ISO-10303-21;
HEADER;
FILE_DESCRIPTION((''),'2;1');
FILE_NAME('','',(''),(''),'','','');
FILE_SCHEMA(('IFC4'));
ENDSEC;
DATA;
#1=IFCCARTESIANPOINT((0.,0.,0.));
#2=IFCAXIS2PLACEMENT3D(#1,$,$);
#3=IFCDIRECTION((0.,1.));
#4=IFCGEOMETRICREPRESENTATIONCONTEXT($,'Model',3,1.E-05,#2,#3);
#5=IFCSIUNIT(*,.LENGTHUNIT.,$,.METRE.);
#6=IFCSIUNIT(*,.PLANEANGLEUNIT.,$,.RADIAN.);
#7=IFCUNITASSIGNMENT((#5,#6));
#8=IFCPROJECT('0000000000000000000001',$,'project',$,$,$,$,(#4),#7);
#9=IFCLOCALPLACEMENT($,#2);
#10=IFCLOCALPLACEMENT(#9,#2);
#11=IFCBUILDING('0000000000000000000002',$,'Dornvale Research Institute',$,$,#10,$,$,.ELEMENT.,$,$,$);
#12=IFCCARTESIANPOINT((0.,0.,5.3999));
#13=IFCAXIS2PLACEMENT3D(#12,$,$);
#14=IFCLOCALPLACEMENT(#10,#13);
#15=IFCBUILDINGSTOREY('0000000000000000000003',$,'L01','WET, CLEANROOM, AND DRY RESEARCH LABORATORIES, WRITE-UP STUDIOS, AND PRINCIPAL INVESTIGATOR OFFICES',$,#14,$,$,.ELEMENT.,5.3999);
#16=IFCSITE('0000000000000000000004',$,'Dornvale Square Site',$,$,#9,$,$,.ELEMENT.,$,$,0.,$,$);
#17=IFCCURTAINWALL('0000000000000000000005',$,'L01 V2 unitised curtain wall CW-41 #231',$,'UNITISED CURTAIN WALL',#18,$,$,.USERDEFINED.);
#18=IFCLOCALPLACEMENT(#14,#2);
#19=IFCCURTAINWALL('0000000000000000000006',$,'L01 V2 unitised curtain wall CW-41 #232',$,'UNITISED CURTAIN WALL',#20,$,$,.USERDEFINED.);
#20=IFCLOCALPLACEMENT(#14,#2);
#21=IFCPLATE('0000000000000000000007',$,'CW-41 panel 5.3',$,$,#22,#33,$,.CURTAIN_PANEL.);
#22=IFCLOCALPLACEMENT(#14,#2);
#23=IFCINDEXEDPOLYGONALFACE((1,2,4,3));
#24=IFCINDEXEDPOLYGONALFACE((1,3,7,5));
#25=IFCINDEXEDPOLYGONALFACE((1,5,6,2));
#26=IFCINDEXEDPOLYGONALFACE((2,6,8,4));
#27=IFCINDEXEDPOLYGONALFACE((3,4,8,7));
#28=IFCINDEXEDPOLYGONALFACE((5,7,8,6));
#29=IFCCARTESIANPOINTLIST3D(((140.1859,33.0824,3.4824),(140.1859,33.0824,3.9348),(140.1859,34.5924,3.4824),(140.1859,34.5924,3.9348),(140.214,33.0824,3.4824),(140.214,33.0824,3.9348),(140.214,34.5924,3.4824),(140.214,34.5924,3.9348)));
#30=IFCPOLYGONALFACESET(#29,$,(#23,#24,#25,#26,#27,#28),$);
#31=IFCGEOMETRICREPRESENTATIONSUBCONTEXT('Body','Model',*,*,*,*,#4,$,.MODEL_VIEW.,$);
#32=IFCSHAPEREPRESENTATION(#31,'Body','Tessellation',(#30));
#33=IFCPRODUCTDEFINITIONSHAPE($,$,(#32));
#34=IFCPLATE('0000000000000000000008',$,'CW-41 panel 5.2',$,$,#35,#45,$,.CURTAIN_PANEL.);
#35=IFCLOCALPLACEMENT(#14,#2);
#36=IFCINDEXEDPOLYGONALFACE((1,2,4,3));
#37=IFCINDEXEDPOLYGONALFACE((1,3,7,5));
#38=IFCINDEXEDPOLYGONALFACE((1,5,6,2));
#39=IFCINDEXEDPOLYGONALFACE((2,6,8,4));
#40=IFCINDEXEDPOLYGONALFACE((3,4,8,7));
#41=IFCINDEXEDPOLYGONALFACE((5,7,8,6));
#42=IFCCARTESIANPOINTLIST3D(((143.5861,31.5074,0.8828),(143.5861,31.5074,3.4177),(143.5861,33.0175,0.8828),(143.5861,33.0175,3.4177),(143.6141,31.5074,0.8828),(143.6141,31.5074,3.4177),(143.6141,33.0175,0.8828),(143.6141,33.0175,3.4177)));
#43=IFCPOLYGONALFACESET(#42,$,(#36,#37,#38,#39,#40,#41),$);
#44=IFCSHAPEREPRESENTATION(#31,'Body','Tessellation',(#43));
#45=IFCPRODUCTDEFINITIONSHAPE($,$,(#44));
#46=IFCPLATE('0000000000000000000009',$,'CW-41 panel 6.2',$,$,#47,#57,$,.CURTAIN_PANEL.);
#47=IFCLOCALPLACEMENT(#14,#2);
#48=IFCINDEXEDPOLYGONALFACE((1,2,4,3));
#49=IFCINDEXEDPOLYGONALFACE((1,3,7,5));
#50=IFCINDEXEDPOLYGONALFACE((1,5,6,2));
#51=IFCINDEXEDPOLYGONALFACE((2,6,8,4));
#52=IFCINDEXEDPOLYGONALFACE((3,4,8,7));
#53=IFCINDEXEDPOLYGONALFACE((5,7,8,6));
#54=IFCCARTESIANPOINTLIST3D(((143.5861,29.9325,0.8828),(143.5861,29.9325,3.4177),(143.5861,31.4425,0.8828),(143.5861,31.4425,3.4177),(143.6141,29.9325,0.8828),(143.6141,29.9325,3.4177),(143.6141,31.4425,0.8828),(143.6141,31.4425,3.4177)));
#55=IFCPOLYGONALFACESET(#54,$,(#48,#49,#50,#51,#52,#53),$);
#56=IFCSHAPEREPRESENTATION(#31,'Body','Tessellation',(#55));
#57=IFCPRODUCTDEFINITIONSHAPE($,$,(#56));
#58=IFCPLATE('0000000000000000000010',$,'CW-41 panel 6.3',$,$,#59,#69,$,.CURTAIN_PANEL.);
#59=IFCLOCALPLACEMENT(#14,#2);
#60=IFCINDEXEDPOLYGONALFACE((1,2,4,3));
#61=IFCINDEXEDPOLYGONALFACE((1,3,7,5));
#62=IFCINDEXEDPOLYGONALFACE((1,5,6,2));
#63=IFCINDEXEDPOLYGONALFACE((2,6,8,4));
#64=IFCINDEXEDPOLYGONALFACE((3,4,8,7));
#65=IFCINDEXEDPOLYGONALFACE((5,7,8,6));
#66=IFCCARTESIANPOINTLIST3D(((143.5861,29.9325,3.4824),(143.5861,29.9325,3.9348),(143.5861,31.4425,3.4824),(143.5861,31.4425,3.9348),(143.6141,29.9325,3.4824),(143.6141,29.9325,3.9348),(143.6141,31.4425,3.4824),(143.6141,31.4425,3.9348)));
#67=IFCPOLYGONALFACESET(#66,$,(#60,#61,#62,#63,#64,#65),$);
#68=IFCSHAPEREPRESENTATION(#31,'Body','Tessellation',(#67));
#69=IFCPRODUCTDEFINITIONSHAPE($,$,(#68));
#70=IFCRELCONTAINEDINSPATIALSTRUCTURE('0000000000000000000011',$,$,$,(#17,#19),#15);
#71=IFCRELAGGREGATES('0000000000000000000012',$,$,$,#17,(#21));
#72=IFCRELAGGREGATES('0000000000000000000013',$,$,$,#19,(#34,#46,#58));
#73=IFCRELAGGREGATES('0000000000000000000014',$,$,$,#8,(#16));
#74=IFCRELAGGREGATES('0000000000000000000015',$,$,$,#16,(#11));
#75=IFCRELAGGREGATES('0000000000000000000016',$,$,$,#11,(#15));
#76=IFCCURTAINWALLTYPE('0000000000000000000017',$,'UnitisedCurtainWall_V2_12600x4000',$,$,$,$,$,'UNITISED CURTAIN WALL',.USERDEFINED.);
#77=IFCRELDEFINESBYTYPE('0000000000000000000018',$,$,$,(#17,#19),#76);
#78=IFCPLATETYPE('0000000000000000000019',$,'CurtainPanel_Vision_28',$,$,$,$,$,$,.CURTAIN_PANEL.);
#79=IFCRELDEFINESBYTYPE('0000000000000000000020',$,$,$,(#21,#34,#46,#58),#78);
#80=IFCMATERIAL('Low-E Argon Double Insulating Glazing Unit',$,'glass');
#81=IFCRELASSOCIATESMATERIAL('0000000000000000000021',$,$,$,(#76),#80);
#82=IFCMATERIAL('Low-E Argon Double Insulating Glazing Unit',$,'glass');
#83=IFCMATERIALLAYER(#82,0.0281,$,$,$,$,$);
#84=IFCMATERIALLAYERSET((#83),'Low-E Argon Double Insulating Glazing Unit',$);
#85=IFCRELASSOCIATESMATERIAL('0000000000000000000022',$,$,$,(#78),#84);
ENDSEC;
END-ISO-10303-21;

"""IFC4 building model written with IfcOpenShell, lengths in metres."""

from ifc_helpers import new_model, si_unit, direction, frame, origin, origin_2d, place, context, subcontext, project, spatial, rectangle, extrude, material, layer, layer_set, type_object, element, aggregate, save


model = new_model("IFC4")

# Units and contexts
model_context = context("Model", 3, precision=1e-05, world=origin(), true_north=direction((0.0, 1.0)))
body_context = subcontext(model_context, "Body", "Model", "MODEL_VIEW")
ifc_project = project(units=[si_unit("LENGTHUNIT", "METRE"), si_unit("PLANEANGLEUNIT", "RADIAN")], contexts=[model_context])

# Site, building, storey
site_placement = place(None, origin())
site = spatial("IfcSite", under=ifc_project, at=site_placement, Name="Dornvale Square Site", CompositionType="ELEMENT", RefElevation=0.0)
building_placement = place(site_placement, origin())
building = spatial("IfcBuilding", under=site, at=building_placement, Name="Dornvale Research Institute", CompositionType="ELEMENT")
storey_placement = place(building_placement, frame((0.0, 0.0, 5.3999)))
storey = spatial("IfcBuildingStorey", under=building, at=storey_placement, Name="L01", Description="WET, CLEANROOM, AND DRY RESEARCH LABORATORIES, WRITE-UP STUDIOS, AND PRINCIPAL INVESTIGATOR OFFICES", CompositionType="ELEMENT", Elevation=5.3999)

# Curtain walls
ifc_material_1 = material(Name="Low-E Argon Double Insulating Glazing Unit", Category="glass")
curtain_wall_type = type_object("IfcCurtainWallType", Name="UnitisedCurtainWall_V2_12600x4000", ElementType="UNITISED CURTAIN WALL", PredefinedType="USERDEFINED", material=ifc_material_1)
curtain_wall_1_placement = place(storey_placement, origin())
curtain_wall_1 = element("IfcCurtainWall", 1, at=curtain_wall_1_placement, inside=storey, type_object=curtain_wall_type, Name="L01 V2 unitised curtain wall CW-41 #231", ObjectType="UNITISED CURTAIN WALL", PredefinedType="USERDEFINED")
curtain_wall_2_placement = place(storey_placement, origin())
curtain_wall_2 = element("IfcCurtainWall", 2, at=curtain_wall_2_placement, inside=storey, type_object=curtain_wall_type, Name="L01 V2 unitised curtain wall CW-41 #232", ObjectType="UNITISED CURTAIN WALL", PredefinedType="USERDEFINED")

# Plates
ifc_material_2 = material(Name="Low-E Argon Double Insulating Glazing Unit", Category="glass")
ifc_layer_1 = layer(ifc_material_2, 0.0281)
ifc_layer_set_1 = layer_set([ifc_layer_1], Name="Low-E Argon Double Insulating Glazing Unit")
plate_type_1 = type_object("IfcPlateType", Name="CurtainPanel_Vision_28", PredefinedType="CURTAIN_PANEL", material=ifc_layer_set_1)
plate_1_placement = place(storey_placement, frame((140.2, 33.8374, 3.4824), z_axis=(0.0, 0.0, 1.0), x_axis=(0.0, 1.0, 0.0)))
plate_1 = element("IfcPlate", 3, at=plate_1_placement, type_object=plate_type_1, Name="CW-41 panel 5.3", PredefinedType="CURTAIN_PANEL", context=body_context, shape_type="SweptSolid", body=[
    extrude(rectangle(XDim=1.51, YDim=0.0281, at=origin_2d()), origin(), (0.0, 0.0, 1.0), 0.4524),
])
aggregate(curtain_wall_1, [plate_1])
plate_2_placement = place(storey_placement, frame((143.6001, 32.2625, 0.8828), z_axis=(0.0, 0.0, 1.0), x_axis=(0.0, -1.0, 0.0)))
plate_2 = element("IfcPlate", 4, at=plate_2_placement, type_object=plate_type_1, Name="CW-41 panel 5.2", PredefinedType="CURTAIN_PANEL", context=body_context, shape_type="SweptSolid", body=[
    extrude(rectangle(XDim=1.51, YDim=0.0281, at=origin_2d()), origin(), (0.0, 0.0, 1.0), 2.5349),
])
plate_3_placement = place(storey_placement, frame((143.6001, 30.6875, 0.8828), z_axis=(0.0, 0.0, 1.0), x_axis=(0.0, -1.0, 0.0)))
plate_3 = element("IfcPlate", 5, at=plate_3_placement, type_object=plate_type_1, Name="CW-41 panel 6.2", PredefinedType="CURTAIN_PANEL", context=body_context, shape_type="SweptSolid", body=[
    extrude(rectangle(XDim=1.51, YDim=0.0281, at=origin_2d()), origin(), (0.0, 0.0, 1.0), 2.5349),
])
plate_4_placement = place(storey_placement, frame((143.6001, 30.6875, 3.4824), z_axis=(0.0, 0.0, 1.0), x_axis=(0.0, -1.0, 0.0)))
plate_4 = element("IfcPlate", 6, at=plate_4_placement, type_object=plate_type_1, Name="CW-41 panel 6.3", PredefinedType="CURTAIN_PANEL", context=body_context, shape_type="SweptSolid", body=[
    extrude(rectangle(XDim=1.51, YDim=0.0281, at=origin_2d()), origin(), (0.0, 0.0, 1.0), 0.4524),
])
aggregate(curtain_wall_2, [plate_2, plate_3, plate_4])

save(model, "model.ifc")
